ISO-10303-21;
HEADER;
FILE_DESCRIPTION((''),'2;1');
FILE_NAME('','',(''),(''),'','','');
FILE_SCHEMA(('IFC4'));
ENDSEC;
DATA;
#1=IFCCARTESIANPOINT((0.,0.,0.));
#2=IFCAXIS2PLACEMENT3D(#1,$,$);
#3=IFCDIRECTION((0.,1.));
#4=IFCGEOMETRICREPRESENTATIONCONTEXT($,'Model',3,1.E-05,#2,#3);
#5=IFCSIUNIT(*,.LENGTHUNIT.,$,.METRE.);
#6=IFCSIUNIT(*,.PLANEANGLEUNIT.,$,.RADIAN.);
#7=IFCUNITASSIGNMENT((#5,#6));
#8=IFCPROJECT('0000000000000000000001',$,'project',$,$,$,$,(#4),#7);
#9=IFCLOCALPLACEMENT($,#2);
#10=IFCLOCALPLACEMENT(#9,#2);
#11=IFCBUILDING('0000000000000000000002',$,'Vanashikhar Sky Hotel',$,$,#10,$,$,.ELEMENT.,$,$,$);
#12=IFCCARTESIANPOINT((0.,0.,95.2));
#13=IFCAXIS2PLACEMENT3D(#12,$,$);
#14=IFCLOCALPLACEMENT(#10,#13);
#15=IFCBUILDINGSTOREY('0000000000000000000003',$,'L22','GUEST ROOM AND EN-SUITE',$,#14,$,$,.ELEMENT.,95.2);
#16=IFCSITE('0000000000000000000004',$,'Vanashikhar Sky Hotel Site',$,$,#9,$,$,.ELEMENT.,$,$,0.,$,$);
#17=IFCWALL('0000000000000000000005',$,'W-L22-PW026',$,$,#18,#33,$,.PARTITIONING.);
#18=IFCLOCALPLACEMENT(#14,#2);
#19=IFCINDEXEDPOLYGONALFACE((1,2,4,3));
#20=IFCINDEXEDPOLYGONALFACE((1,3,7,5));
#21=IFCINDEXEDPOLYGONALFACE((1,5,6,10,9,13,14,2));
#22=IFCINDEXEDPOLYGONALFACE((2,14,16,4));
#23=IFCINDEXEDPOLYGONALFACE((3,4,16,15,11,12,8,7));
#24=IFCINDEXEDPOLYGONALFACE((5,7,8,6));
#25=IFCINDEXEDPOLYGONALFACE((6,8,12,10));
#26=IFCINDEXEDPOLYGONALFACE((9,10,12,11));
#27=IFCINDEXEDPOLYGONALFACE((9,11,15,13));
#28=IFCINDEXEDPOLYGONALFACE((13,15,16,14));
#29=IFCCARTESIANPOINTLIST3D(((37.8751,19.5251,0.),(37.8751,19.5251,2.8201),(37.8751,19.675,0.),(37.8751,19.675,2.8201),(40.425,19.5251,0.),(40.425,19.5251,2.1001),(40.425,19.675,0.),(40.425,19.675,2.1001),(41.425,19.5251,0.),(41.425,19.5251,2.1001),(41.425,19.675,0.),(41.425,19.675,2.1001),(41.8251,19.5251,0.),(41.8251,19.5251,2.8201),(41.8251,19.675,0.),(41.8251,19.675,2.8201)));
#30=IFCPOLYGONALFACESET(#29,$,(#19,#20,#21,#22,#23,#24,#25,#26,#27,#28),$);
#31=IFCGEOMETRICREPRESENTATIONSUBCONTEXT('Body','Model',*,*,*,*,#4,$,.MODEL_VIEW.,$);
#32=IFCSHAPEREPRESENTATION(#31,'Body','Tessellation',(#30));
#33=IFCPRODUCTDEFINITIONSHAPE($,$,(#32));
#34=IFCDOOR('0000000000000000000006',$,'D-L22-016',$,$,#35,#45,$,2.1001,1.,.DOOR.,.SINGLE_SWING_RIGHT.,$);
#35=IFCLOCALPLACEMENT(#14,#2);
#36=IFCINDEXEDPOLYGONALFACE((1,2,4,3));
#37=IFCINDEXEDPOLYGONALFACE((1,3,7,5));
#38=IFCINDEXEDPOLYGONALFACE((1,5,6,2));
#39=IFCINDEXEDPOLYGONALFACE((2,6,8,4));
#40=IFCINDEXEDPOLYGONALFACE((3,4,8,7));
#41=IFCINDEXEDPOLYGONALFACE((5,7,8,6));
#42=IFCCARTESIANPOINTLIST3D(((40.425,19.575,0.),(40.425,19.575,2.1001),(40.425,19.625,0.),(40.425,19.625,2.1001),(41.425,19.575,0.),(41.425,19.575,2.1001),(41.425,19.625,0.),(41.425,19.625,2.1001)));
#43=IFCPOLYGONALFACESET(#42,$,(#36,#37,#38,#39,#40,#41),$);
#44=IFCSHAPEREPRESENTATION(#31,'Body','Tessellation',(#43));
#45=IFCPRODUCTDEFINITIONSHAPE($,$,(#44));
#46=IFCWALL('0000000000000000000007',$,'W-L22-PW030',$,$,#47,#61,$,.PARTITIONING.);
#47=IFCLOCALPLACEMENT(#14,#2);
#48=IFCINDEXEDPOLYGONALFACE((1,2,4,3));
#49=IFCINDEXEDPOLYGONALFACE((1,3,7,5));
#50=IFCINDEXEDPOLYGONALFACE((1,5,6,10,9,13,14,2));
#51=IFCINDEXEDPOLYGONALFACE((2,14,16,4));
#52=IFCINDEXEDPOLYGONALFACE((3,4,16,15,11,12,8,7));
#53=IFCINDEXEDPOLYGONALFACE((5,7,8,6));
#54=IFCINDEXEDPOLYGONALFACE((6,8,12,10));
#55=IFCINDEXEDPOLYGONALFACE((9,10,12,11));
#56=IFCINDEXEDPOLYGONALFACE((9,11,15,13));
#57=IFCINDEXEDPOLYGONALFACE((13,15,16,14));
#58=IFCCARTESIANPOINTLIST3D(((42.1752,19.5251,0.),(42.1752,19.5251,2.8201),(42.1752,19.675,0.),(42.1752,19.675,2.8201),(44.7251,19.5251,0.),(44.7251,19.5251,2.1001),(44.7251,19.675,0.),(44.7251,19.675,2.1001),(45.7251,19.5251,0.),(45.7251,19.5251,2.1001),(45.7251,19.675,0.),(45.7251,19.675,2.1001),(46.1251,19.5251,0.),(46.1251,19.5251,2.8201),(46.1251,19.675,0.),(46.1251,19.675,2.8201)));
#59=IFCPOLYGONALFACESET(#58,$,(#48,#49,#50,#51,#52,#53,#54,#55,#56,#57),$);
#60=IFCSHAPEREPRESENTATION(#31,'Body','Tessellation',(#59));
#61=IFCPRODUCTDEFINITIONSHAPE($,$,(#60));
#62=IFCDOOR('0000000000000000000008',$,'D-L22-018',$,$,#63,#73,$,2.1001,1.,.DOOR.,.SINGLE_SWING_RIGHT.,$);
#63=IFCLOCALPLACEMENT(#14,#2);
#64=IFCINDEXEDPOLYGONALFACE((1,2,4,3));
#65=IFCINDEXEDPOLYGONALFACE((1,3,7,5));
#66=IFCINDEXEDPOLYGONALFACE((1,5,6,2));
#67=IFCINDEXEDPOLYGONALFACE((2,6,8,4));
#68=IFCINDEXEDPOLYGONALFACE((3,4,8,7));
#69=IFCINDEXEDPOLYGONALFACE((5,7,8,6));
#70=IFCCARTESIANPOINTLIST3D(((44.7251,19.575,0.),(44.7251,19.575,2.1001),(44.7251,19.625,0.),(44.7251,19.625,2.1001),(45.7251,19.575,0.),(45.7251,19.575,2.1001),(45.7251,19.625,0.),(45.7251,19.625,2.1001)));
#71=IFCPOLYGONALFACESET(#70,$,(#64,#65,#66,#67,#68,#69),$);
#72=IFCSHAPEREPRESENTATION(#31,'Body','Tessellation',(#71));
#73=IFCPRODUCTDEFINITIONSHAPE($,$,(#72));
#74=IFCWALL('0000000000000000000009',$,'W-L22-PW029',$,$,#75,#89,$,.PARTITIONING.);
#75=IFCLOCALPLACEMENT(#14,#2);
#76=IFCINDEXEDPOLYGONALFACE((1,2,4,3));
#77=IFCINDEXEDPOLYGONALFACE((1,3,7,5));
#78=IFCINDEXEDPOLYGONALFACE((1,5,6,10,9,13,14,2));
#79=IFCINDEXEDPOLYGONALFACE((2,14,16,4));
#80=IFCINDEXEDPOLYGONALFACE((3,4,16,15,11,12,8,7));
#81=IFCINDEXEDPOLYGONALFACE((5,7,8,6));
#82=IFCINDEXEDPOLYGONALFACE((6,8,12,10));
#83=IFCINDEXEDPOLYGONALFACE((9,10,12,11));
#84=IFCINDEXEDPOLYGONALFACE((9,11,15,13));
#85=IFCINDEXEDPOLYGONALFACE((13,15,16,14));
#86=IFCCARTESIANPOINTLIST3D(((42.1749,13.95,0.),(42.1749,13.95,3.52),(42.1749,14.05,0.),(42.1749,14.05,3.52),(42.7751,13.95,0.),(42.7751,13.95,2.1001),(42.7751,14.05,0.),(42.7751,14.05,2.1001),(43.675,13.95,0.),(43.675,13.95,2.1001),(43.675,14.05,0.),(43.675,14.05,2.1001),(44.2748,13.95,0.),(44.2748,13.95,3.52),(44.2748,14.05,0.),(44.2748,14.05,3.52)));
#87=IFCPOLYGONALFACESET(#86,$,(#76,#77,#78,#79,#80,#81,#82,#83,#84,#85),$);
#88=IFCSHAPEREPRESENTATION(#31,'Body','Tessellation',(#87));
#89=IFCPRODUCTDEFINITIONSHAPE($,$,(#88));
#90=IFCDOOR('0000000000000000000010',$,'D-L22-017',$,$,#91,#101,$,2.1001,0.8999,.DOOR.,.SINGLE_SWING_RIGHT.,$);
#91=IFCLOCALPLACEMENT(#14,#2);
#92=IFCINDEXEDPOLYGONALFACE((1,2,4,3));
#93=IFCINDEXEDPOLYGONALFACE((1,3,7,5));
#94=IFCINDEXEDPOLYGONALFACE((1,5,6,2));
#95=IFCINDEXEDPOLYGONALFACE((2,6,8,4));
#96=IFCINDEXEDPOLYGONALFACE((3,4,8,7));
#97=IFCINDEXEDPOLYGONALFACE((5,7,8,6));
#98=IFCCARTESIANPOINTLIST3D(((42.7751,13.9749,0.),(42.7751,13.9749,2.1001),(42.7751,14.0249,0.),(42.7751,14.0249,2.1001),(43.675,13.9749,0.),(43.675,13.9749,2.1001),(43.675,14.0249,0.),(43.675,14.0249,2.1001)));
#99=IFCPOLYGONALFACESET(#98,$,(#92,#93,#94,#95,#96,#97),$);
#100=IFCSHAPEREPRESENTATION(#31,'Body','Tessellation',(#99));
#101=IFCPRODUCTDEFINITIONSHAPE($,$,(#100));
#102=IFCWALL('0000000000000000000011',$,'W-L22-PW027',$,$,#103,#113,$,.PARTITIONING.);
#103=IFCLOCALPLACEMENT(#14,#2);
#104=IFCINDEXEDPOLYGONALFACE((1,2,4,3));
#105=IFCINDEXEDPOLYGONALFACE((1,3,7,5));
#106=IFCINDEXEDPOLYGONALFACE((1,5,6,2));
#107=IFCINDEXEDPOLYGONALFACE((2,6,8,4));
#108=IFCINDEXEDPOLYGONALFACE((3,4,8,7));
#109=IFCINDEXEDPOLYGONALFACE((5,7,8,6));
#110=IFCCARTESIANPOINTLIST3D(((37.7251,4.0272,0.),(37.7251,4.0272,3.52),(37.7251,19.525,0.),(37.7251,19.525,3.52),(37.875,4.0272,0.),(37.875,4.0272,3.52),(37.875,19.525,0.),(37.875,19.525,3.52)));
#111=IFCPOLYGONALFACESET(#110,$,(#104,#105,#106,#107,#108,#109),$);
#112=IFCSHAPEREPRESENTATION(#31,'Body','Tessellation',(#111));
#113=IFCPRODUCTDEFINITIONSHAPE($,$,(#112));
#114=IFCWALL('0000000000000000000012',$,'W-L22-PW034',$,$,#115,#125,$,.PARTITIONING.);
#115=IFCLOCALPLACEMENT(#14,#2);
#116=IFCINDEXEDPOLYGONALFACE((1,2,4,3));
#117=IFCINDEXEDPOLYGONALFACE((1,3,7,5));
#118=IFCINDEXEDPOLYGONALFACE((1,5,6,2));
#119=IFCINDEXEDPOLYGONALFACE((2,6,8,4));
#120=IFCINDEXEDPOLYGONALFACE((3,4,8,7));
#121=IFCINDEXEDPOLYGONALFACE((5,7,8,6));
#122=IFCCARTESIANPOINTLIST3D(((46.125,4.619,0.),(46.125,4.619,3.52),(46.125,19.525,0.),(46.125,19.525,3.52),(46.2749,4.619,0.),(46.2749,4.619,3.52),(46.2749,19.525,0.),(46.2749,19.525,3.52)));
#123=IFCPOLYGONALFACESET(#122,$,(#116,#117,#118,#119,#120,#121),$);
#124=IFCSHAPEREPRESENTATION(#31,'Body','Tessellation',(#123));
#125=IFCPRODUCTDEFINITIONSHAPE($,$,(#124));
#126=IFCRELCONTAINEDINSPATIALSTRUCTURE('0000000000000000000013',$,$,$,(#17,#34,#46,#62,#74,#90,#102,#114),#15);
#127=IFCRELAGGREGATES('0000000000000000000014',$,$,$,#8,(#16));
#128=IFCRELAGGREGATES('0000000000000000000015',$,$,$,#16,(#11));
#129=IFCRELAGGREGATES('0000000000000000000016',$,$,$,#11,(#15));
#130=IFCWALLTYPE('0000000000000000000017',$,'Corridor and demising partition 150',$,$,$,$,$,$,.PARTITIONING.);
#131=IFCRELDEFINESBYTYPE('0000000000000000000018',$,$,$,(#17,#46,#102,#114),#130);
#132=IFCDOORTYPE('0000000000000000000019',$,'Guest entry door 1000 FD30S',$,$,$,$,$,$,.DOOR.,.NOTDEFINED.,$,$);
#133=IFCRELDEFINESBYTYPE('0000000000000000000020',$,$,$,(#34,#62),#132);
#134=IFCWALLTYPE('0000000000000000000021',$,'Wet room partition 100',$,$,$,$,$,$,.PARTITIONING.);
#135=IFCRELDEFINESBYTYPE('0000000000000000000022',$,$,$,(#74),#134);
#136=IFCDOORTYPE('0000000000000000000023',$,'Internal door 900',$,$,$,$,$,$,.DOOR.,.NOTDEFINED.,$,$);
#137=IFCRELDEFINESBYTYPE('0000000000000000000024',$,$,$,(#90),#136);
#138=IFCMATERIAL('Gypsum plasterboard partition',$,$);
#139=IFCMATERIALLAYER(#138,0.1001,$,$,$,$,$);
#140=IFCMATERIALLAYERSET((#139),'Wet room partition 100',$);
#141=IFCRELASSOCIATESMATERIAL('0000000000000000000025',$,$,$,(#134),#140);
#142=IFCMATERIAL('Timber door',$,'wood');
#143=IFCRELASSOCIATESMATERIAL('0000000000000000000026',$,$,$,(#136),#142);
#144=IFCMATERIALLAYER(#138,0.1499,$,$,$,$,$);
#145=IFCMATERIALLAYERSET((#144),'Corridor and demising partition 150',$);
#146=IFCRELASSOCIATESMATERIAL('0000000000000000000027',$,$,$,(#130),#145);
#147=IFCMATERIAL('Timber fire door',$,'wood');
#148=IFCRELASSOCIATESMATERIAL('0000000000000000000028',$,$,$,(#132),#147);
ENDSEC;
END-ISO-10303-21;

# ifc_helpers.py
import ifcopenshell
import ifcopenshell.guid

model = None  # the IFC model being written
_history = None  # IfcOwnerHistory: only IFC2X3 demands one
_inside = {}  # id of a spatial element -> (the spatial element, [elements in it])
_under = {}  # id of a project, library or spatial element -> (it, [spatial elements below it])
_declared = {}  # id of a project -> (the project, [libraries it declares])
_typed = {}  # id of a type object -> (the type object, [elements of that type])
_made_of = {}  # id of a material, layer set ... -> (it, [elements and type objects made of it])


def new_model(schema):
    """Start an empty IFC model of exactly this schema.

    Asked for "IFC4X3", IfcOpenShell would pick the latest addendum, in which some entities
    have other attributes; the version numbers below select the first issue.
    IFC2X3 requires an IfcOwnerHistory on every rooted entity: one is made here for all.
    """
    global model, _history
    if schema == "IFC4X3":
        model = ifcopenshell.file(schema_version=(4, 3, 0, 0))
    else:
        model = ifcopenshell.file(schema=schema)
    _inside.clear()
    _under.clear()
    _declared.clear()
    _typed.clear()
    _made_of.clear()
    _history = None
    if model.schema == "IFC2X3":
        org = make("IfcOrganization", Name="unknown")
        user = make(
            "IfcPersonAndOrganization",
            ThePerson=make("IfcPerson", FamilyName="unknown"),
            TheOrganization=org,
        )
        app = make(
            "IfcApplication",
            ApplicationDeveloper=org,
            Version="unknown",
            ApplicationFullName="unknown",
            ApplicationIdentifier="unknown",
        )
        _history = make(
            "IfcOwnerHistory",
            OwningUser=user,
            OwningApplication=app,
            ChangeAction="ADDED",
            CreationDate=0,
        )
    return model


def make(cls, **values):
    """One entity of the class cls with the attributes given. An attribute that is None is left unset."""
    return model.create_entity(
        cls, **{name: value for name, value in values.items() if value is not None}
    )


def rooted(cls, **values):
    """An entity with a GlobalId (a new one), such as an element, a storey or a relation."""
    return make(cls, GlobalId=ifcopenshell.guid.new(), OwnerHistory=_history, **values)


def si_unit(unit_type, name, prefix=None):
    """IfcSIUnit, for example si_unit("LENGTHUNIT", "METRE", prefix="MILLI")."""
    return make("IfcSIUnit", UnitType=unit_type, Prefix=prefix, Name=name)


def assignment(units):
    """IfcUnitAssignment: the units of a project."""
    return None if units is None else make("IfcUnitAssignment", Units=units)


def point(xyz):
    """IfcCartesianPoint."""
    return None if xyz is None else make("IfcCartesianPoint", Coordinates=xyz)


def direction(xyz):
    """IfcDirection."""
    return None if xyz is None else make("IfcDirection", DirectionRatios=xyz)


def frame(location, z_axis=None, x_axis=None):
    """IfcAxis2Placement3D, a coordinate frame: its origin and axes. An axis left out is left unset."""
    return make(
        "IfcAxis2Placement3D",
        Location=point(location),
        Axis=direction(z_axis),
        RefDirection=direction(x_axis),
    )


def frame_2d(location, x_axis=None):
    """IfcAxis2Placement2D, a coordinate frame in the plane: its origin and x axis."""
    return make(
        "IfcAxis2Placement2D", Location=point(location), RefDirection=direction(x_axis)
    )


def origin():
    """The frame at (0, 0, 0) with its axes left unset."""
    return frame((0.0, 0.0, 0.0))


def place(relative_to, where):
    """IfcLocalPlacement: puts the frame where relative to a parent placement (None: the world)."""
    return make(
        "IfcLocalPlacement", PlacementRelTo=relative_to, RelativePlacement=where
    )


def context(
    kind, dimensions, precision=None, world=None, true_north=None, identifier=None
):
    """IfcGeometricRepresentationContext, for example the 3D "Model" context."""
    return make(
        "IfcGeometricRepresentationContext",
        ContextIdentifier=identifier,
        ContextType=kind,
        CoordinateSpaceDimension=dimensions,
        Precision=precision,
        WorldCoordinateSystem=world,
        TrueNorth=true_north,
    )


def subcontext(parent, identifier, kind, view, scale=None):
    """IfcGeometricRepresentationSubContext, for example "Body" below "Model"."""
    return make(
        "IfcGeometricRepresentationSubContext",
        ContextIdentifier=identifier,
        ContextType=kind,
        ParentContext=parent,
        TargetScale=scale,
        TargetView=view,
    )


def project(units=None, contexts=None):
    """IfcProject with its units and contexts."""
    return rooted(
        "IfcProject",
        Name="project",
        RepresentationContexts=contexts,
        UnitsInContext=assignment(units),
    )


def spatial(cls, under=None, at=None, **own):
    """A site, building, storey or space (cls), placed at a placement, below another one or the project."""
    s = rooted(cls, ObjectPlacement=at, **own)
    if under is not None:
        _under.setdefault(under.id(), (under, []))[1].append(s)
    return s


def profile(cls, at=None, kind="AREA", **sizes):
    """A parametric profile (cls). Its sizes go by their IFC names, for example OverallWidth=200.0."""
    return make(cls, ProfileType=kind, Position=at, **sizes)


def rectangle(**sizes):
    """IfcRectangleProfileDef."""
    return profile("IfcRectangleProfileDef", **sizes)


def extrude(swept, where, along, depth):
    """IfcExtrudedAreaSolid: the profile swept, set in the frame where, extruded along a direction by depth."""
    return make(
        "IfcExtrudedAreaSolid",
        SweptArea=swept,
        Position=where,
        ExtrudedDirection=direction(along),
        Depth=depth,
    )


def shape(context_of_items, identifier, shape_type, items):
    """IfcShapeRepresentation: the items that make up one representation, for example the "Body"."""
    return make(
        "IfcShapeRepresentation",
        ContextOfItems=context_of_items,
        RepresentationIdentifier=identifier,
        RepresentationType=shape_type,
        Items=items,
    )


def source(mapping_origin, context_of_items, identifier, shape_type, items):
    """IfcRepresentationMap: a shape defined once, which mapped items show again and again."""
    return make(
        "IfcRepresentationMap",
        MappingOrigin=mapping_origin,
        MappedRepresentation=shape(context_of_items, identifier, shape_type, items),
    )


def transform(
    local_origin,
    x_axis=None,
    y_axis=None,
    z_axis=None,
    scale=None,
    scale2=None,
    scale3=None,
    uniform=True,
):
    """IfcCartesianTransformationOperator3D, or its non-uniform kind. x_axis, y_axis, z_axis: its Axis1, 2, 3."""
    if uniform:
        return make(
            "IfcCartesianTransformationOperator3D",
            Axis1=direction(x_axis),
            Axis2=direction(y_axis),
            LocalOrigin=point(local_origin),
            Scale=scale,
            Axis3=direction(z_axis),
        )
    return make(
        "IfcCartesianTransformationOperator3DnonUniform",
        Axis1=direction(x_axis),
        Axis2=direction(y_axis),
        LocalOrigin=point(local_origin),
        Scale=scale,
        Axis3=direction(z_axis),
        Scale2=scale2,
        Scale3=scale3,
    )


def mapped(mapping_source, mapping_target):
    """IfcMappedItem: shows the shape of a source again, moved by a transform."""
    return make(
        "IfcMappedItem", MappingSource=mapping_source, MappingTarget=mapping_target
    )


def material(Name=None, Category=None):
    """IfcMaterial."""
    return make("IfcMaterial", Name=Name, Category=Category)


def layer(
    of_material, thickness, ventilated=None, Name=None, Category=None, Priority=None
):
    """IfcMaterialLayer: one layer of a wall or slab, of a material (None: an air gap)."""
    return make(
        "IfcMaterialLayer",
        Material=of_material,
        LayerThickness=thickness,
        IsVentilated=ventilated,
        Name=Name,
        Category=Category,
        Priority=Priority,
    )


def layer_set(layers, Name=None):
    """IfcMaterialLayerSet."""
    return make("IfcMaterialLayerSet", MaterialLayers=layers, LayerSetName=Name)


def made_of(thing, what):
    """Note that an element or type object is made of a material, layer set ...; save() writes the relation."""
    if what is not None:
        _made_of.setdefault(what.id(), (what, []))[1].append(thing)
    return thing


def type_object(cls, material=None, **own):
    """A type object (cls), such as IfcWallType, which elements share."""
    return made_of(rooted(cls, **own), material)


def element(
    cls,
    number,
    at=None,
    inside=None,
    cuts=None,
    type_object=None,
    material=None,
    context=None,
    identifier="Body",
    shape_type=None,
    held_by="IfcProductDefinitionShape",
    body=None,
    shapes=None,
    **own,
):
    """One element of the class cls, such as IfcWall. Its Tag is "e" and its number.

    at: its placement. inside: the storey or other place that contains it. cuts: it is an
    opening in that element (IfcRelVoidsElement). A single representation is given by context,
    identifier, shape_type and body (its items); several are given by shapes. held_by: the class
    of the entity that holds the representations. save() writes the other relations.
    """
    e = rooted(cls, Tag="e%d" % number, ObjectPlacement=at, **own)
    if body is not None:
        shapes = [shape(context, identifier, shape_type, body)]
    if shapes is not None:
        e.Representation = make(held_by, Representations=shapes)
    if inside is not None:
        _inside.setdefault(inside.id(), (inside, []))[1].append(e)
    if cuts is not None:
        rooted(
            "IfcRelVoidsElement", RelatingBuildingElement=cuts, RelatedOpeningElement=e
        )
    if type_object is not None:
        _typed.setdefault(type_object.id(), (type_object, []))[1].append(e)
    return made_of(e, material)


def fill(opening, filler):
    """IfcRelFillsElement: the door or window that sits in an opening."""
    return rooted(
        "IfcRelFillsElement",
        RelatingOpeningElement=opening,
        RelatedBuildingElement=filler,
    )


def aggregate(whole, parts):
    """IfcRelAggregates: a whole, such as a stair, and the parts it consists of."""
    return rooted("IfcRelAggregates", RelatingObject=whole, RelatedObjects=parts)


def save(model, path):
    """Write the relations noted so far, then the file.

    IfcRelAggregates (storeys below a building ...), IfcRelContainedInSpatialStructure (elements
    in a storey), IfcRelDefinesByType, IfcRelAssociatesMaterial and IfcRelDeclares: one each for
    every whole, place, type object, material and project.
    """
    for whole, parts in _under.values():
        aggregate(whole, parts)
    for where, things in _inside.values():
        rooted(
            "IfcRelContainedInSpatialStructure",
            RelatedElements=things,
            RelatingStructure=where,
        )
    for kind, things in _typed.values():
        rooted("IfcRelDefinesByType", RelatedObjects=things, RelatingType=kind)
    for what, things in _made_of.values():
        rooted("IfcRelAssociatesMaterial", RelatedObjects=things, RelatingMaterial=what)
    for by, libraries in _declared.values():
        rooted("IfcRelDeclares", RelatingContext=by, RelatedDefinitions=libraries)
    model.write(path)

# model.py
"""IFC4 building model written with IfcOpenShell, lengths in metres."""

from ifc_helpers import new_model, si_unit, direction, frame, frame_2d, origin, place, context, subcontext, project, spatial, rectangle, extrude, source, transform, mapped, material, layer, layer_set, type_object, element, fill, save


model = new_model("IFC4")

# Units and contexts
model_context = context("Model", 3, precision=1e-05, world=origin(), true_north=direction((0.0, 1.0)))
body_context = subcontext(model_context, "Body", "Model", "MODEL_VIEW")
ifc_project = project(units=[si_unit("LENGTHUNIT", "METRE"), si_unit("PLANEANGLEUNIT", "RADIAN")], contexts=[model_context])

# Site, building, storey
site_placement = place(None, origin())
site = spatial("IfcSite", under=ifc_project, at=site_placement, Name="Vanashikhar Sky Hotel Site", CompositionType="ELEMENT", RefElevation=0.0)
building_placement = place(site_placement, origin())
building = spatial("IfcBuilding", under=site, at=building_placement, Name="Vanashikhar Sky Hotel", CompositionType="ELEMENT")
storey_placement = place(building_placement, frame((0.0, 0.0, 95.2)))
storey = spatial("IfcBuildingStorey", under=building, at=storey_placement, Name="L22", Description="GUEST ROOM AND EN-SUITE", CompositionType="ELEMENT", Elevation=95.2)

# Shared definitions
ifc_material_1 = material(Name="Gypsum plasterboard partition")
ifc_layer_1 = layer(ifc_material_1, 0.1001)
ifc_layer_set_1 = layer_set([ifc_layer_1], Name="Wet room partition 100")
wall_type_1 = type_object("IfcWallType", Name="Wet room partition 100", PredefinedType="PARTITIONING", material=ifc_layer_set_1)

# Walls, openings, doors
shared_shape_1 = source(origin(), body_context, "Body", "SweptSolid", [
    extrude(rectangle(XDim=0.8999, YDim=2.1001, at=frame_2d((0.45, 1.05))), frame((0.0, 0.0601, 0.0), z_axis=(0.0, -1.0, 0.0), x_axis=(1.0, 0.0, 0.0)), (0.0, 0.0, 1.0), 0.1201),
])
ifc_material_2 = material(Name="Timber door", Category="wood")
door_type_1 = type_object("IfcDoorType", Name="Internal door 900", OperationType="NOTDEFINED", PredefinedType="DOOR", material=ifc_material_2)
shared_shape_2 = source(origin(), body_context, "Body", "SweptSolid", [
    extrude(rectangle(XDim=0.8999, YDim=2.1001, at=frame_2d((0.45, 1.05))), frame((0.0, 0.0249, 0.0), z_axis=(0.0, -1.0, 0.0), x_axis=(1.0, 0.0, 0.0)), (0.0, 0.0, 1.0), 0.05),
])
ifc_layer_2 = layer(ifc_material_1, 0.1499)
ifc_layer_set_2 = layer_set([ifc_layer_2], Name="Corridor and demising partition 150")
wall_type_2 = type_object("IfcWallType", Name="Corridor and demising partition 150", PredefinedType="PARTITIONING", material=ifc_layer_set_2)
shared_shape_3 = source(origin(), body_context, "Body", "SweptSolid", [
    extrude(rectangle(XDim=3.95, YDim=0.1499, at=frame_2d((1.9751, 0.0))), origin(), (0.0, 0.0, 1.0), 2.8201),
])
wall_1_placement = place(storey_placement, frame((37.875, 19.6001, 0.0), z_axis=(0.0, 0.0, 1.0), x_axis=(1.0, 0.0, 0.0)))
wall_1 = element("IfcWall", 1, at=wall_1_placement, inside=storey, type_object=wall_type_2, Name="W-L22-PW026", PredefinedType="PARTITIONING", context=body_context, shape_type="MappedRepresentation", body=[
    mapped(shared_shape_3, transform((0.0, 0.0, 0.0), scale=1.0)),
])
shared_shape_4 = source(origin(), body_context, "Body", "SweptSolid", [
    extrude(rectangle(XDim=1.0, YDim=2.1001, at=frame_2d((0.5, 1.05))), frame((0.0, 0.085, 0.0), z_axis=(0.0, -1.0, 0.0), x_axis=(1.0, 0.0, 0.0)), (0.0, 0.0, 1.0), 0.1699),
])
opening_1_placement = place(wall_1_placement, frame((2.55, 0.0, 0.0)))
opening_1 = element("IfcOpeningElement", 2, at=opening_1_placement, cuts=wall_1, PredefinedType="OPENING", context=body_context, shape_type="MappedRepresentation", body=[
    mapped(shared_shape_4, transform((0.0, 0.0, 0.0), scale=1.0)),
])
ifc_material_3 = material(Name="Timber fire door", Category="wood")
door_type_2 = type_object("IfcDoorType", Name="Guest entry door 1000 FD30S", OperationType="NOTDEFINED", PredefinedType="DOOR", material=ifc_material_3)
shared_shape_5 = source(origin(), body_context, "Body", "SweptSolid", [
    extrude(rectangle(XDim=1.0, YDim=2.1001, at=frame_2d((0.5, 1.05))), frame((0.0, 0.0249, 0.0), z_axis=(0.0, -1.0, 0.0), x_axis=(1.0, 0.0, 0.0)), (0.0, 0.0, 1.0), 0.05),
])
door_1_placement = place(opening_1_placement, origin())
door_1 = element("IfcDoor", 3, at=door_1_placement, inside=storey, type_object=door_type_2, Name="D-L22-016", OperationType="SINGLE_SWING_RIGHT", OverallHeight=2.1001, OverallWidth=1.0, PredefinedType="DOOR", context=body_context, shape_type="MappedRepresentation", body=[
    mapped(shared_shape_5, transform((0.0, 0.0, 0.0), scale=1.0)),
])
fill(opening_1, door_1)
wall_2_placement = place(storey_placement, frame((42.175, 19.6001, 0.0), z_axis=(0.0, 0.0, 1.0), x_axis=(1.0, 0.0, 0.0)))
wall_2 = element("IfcWall", 4, at=wall_2_placement, inside=storey, type_object=wall_type_2, Name="W-L22-PW030", PredefinedType="PARTITIONING", context=body_context, shape_type="MappedRepresentation", body=[
    mapped(shared_shape_3, transform((0.0, 0.0, 0.0), scale=1.0)),
])
opening_2_placement = place(wall_2_placement, frame((2.55, 0.0, 0.0)))
opening_2 = element("IfcOpeningElement", 5, at=opening_2_placement, cuts=wall_2, PredefinedType="OPENING", context=body_context, shape_type="MappedRepresentation", body=[
    mapped(shared_shape_4, transform((0.0, 0.0, 0.0), scale=1.0)),
])
door_2_placement = place(opening_2_placement, origin())
door_2 = element("IfcDoor", 6, at=door_2_placement, inside=storey, type_object=door_type_2, Name="D-L22-018", OperationType="SINGLE_SWING_RIGHT", OverallHeight=2.1001, OverallWidth=1.0, PredefinedType="DOOR", context=body_context, shape_type="MappedRepresentation", body=[
    mapped(shared_shape_5, transform((0.0, 0.0, 0.0), scale=1.0)),
])
fill(opening_2, door_2)
shared_shape_6 = source(origin(), body_context, "Body", "SweptSolid", [
    extrude(rectangle(XDim=2.0999, YDim=0.1001, at=frame_2d((1.0498, 0.0))), origin(), (0.0, 0.0, 1.0), 3.52),
])
wall_3_placement = place(storey_placement, frame((42.175, 14.0, 0.0), z_axis=(0.0, 0.0, 1.0), x_axis=(1.0, 0.0, 0.0)))
wall_3 = element("IfcWall", 7, at=wall_3_placement, inside=storey, type_object=wall_type_1, Name="W-L22-PW029", PredefinedType="PARTITIONING", context=body_context, shape_type="MappedRepresentation", body=[
    mapped(shared_shape_6, transform((0.0, 0.0, 0.0), scale=1.0)),
])
opening_3_placement = place(wall_3_placement, frame((0.6001, 0.0, 0.0)))
opening_3 = element("IfcOpeningElement", 8, at=opening_3_placement, cuts=wall_3, PredefinedType="OPENING", context=body_context, shape_type="MappedRepresentation", body=[
    mapped(shared_shape_1, transform((0.0, 0.0, 0.0), scale=1.0)),
])
door_3_placement = place(opening_3_placement, origin())
door_3 = element("IfcDoor", 9, at=door_3_placement, inside=storey, type_object=door_type_1, Name="D-L22-017", OperationType="SINGLE_SWING_RIGHT", OverallHeight=2.1001, OverallWidth=0.8999, PredefinedType="DOOR", context=body_context, shape_type="MappedRepresentation", body=[
    mapped(shared_shape_2, transform((0.0, 0.0, 0.0), scale=1.0)),
])
fill(opening_3, door_3)

# Walls
shared_shape_7 = source(origin(), body_context, "Body", "SweptSolid", [
    extrude(rectangle(XDim=15.4978, YDim=0.1499, at=frame_2d((7.749, 0.0))), origin(), (0.0, 0.0, 1.0), 3.52),
])
wall_4_placement = place(storey_placement, frame((37.8, 4.0271, 0.0), z_axis=(0.0, 0.0, 1.0), x_axis=(0.0, 1.0, 0.0)))
element("IfcWall", 10, at=wall_4_placement, inside=storey, type_object=wall_type_2, Name="W-L22-PW027", PredefinedType="PARTITIONING", context=body_context, shape_type="MappedRepresentation", body=[
    mapped(shared_shape_7, transform((0.0, 0.0, 0.0), scale=1.0)),
])
shared_shape_8 = source(origin(), body_context, "Body", "SweptSolid", [
    extrude(rectangle(XDim=14.906, YDim=0.1499, at=frame_2d((7.4531, 0.0))), origin(), (0.0, 0.0, 1.0), 3.52),
])
wall_5_placement = place(storey_placement, frame((46.2, 4.6189, 0.0), z_axis=(0.0, 0.0, 1.0), x_axis=(0.0, 1.0, 0.0)))
element("IfcWall", 11, at=wall_5_placement, inside=storey, type_object=wall_type_2, Name="W-L22-PW034", PredefinedType="PARTITIONING", context=body_context, shape_type="MappedRepresentation", body=[
    mapped(shared_shape_8, transform((0.0, 0.0, 0.0), scale=1.0)),
])

save(model, "model.ifc")
